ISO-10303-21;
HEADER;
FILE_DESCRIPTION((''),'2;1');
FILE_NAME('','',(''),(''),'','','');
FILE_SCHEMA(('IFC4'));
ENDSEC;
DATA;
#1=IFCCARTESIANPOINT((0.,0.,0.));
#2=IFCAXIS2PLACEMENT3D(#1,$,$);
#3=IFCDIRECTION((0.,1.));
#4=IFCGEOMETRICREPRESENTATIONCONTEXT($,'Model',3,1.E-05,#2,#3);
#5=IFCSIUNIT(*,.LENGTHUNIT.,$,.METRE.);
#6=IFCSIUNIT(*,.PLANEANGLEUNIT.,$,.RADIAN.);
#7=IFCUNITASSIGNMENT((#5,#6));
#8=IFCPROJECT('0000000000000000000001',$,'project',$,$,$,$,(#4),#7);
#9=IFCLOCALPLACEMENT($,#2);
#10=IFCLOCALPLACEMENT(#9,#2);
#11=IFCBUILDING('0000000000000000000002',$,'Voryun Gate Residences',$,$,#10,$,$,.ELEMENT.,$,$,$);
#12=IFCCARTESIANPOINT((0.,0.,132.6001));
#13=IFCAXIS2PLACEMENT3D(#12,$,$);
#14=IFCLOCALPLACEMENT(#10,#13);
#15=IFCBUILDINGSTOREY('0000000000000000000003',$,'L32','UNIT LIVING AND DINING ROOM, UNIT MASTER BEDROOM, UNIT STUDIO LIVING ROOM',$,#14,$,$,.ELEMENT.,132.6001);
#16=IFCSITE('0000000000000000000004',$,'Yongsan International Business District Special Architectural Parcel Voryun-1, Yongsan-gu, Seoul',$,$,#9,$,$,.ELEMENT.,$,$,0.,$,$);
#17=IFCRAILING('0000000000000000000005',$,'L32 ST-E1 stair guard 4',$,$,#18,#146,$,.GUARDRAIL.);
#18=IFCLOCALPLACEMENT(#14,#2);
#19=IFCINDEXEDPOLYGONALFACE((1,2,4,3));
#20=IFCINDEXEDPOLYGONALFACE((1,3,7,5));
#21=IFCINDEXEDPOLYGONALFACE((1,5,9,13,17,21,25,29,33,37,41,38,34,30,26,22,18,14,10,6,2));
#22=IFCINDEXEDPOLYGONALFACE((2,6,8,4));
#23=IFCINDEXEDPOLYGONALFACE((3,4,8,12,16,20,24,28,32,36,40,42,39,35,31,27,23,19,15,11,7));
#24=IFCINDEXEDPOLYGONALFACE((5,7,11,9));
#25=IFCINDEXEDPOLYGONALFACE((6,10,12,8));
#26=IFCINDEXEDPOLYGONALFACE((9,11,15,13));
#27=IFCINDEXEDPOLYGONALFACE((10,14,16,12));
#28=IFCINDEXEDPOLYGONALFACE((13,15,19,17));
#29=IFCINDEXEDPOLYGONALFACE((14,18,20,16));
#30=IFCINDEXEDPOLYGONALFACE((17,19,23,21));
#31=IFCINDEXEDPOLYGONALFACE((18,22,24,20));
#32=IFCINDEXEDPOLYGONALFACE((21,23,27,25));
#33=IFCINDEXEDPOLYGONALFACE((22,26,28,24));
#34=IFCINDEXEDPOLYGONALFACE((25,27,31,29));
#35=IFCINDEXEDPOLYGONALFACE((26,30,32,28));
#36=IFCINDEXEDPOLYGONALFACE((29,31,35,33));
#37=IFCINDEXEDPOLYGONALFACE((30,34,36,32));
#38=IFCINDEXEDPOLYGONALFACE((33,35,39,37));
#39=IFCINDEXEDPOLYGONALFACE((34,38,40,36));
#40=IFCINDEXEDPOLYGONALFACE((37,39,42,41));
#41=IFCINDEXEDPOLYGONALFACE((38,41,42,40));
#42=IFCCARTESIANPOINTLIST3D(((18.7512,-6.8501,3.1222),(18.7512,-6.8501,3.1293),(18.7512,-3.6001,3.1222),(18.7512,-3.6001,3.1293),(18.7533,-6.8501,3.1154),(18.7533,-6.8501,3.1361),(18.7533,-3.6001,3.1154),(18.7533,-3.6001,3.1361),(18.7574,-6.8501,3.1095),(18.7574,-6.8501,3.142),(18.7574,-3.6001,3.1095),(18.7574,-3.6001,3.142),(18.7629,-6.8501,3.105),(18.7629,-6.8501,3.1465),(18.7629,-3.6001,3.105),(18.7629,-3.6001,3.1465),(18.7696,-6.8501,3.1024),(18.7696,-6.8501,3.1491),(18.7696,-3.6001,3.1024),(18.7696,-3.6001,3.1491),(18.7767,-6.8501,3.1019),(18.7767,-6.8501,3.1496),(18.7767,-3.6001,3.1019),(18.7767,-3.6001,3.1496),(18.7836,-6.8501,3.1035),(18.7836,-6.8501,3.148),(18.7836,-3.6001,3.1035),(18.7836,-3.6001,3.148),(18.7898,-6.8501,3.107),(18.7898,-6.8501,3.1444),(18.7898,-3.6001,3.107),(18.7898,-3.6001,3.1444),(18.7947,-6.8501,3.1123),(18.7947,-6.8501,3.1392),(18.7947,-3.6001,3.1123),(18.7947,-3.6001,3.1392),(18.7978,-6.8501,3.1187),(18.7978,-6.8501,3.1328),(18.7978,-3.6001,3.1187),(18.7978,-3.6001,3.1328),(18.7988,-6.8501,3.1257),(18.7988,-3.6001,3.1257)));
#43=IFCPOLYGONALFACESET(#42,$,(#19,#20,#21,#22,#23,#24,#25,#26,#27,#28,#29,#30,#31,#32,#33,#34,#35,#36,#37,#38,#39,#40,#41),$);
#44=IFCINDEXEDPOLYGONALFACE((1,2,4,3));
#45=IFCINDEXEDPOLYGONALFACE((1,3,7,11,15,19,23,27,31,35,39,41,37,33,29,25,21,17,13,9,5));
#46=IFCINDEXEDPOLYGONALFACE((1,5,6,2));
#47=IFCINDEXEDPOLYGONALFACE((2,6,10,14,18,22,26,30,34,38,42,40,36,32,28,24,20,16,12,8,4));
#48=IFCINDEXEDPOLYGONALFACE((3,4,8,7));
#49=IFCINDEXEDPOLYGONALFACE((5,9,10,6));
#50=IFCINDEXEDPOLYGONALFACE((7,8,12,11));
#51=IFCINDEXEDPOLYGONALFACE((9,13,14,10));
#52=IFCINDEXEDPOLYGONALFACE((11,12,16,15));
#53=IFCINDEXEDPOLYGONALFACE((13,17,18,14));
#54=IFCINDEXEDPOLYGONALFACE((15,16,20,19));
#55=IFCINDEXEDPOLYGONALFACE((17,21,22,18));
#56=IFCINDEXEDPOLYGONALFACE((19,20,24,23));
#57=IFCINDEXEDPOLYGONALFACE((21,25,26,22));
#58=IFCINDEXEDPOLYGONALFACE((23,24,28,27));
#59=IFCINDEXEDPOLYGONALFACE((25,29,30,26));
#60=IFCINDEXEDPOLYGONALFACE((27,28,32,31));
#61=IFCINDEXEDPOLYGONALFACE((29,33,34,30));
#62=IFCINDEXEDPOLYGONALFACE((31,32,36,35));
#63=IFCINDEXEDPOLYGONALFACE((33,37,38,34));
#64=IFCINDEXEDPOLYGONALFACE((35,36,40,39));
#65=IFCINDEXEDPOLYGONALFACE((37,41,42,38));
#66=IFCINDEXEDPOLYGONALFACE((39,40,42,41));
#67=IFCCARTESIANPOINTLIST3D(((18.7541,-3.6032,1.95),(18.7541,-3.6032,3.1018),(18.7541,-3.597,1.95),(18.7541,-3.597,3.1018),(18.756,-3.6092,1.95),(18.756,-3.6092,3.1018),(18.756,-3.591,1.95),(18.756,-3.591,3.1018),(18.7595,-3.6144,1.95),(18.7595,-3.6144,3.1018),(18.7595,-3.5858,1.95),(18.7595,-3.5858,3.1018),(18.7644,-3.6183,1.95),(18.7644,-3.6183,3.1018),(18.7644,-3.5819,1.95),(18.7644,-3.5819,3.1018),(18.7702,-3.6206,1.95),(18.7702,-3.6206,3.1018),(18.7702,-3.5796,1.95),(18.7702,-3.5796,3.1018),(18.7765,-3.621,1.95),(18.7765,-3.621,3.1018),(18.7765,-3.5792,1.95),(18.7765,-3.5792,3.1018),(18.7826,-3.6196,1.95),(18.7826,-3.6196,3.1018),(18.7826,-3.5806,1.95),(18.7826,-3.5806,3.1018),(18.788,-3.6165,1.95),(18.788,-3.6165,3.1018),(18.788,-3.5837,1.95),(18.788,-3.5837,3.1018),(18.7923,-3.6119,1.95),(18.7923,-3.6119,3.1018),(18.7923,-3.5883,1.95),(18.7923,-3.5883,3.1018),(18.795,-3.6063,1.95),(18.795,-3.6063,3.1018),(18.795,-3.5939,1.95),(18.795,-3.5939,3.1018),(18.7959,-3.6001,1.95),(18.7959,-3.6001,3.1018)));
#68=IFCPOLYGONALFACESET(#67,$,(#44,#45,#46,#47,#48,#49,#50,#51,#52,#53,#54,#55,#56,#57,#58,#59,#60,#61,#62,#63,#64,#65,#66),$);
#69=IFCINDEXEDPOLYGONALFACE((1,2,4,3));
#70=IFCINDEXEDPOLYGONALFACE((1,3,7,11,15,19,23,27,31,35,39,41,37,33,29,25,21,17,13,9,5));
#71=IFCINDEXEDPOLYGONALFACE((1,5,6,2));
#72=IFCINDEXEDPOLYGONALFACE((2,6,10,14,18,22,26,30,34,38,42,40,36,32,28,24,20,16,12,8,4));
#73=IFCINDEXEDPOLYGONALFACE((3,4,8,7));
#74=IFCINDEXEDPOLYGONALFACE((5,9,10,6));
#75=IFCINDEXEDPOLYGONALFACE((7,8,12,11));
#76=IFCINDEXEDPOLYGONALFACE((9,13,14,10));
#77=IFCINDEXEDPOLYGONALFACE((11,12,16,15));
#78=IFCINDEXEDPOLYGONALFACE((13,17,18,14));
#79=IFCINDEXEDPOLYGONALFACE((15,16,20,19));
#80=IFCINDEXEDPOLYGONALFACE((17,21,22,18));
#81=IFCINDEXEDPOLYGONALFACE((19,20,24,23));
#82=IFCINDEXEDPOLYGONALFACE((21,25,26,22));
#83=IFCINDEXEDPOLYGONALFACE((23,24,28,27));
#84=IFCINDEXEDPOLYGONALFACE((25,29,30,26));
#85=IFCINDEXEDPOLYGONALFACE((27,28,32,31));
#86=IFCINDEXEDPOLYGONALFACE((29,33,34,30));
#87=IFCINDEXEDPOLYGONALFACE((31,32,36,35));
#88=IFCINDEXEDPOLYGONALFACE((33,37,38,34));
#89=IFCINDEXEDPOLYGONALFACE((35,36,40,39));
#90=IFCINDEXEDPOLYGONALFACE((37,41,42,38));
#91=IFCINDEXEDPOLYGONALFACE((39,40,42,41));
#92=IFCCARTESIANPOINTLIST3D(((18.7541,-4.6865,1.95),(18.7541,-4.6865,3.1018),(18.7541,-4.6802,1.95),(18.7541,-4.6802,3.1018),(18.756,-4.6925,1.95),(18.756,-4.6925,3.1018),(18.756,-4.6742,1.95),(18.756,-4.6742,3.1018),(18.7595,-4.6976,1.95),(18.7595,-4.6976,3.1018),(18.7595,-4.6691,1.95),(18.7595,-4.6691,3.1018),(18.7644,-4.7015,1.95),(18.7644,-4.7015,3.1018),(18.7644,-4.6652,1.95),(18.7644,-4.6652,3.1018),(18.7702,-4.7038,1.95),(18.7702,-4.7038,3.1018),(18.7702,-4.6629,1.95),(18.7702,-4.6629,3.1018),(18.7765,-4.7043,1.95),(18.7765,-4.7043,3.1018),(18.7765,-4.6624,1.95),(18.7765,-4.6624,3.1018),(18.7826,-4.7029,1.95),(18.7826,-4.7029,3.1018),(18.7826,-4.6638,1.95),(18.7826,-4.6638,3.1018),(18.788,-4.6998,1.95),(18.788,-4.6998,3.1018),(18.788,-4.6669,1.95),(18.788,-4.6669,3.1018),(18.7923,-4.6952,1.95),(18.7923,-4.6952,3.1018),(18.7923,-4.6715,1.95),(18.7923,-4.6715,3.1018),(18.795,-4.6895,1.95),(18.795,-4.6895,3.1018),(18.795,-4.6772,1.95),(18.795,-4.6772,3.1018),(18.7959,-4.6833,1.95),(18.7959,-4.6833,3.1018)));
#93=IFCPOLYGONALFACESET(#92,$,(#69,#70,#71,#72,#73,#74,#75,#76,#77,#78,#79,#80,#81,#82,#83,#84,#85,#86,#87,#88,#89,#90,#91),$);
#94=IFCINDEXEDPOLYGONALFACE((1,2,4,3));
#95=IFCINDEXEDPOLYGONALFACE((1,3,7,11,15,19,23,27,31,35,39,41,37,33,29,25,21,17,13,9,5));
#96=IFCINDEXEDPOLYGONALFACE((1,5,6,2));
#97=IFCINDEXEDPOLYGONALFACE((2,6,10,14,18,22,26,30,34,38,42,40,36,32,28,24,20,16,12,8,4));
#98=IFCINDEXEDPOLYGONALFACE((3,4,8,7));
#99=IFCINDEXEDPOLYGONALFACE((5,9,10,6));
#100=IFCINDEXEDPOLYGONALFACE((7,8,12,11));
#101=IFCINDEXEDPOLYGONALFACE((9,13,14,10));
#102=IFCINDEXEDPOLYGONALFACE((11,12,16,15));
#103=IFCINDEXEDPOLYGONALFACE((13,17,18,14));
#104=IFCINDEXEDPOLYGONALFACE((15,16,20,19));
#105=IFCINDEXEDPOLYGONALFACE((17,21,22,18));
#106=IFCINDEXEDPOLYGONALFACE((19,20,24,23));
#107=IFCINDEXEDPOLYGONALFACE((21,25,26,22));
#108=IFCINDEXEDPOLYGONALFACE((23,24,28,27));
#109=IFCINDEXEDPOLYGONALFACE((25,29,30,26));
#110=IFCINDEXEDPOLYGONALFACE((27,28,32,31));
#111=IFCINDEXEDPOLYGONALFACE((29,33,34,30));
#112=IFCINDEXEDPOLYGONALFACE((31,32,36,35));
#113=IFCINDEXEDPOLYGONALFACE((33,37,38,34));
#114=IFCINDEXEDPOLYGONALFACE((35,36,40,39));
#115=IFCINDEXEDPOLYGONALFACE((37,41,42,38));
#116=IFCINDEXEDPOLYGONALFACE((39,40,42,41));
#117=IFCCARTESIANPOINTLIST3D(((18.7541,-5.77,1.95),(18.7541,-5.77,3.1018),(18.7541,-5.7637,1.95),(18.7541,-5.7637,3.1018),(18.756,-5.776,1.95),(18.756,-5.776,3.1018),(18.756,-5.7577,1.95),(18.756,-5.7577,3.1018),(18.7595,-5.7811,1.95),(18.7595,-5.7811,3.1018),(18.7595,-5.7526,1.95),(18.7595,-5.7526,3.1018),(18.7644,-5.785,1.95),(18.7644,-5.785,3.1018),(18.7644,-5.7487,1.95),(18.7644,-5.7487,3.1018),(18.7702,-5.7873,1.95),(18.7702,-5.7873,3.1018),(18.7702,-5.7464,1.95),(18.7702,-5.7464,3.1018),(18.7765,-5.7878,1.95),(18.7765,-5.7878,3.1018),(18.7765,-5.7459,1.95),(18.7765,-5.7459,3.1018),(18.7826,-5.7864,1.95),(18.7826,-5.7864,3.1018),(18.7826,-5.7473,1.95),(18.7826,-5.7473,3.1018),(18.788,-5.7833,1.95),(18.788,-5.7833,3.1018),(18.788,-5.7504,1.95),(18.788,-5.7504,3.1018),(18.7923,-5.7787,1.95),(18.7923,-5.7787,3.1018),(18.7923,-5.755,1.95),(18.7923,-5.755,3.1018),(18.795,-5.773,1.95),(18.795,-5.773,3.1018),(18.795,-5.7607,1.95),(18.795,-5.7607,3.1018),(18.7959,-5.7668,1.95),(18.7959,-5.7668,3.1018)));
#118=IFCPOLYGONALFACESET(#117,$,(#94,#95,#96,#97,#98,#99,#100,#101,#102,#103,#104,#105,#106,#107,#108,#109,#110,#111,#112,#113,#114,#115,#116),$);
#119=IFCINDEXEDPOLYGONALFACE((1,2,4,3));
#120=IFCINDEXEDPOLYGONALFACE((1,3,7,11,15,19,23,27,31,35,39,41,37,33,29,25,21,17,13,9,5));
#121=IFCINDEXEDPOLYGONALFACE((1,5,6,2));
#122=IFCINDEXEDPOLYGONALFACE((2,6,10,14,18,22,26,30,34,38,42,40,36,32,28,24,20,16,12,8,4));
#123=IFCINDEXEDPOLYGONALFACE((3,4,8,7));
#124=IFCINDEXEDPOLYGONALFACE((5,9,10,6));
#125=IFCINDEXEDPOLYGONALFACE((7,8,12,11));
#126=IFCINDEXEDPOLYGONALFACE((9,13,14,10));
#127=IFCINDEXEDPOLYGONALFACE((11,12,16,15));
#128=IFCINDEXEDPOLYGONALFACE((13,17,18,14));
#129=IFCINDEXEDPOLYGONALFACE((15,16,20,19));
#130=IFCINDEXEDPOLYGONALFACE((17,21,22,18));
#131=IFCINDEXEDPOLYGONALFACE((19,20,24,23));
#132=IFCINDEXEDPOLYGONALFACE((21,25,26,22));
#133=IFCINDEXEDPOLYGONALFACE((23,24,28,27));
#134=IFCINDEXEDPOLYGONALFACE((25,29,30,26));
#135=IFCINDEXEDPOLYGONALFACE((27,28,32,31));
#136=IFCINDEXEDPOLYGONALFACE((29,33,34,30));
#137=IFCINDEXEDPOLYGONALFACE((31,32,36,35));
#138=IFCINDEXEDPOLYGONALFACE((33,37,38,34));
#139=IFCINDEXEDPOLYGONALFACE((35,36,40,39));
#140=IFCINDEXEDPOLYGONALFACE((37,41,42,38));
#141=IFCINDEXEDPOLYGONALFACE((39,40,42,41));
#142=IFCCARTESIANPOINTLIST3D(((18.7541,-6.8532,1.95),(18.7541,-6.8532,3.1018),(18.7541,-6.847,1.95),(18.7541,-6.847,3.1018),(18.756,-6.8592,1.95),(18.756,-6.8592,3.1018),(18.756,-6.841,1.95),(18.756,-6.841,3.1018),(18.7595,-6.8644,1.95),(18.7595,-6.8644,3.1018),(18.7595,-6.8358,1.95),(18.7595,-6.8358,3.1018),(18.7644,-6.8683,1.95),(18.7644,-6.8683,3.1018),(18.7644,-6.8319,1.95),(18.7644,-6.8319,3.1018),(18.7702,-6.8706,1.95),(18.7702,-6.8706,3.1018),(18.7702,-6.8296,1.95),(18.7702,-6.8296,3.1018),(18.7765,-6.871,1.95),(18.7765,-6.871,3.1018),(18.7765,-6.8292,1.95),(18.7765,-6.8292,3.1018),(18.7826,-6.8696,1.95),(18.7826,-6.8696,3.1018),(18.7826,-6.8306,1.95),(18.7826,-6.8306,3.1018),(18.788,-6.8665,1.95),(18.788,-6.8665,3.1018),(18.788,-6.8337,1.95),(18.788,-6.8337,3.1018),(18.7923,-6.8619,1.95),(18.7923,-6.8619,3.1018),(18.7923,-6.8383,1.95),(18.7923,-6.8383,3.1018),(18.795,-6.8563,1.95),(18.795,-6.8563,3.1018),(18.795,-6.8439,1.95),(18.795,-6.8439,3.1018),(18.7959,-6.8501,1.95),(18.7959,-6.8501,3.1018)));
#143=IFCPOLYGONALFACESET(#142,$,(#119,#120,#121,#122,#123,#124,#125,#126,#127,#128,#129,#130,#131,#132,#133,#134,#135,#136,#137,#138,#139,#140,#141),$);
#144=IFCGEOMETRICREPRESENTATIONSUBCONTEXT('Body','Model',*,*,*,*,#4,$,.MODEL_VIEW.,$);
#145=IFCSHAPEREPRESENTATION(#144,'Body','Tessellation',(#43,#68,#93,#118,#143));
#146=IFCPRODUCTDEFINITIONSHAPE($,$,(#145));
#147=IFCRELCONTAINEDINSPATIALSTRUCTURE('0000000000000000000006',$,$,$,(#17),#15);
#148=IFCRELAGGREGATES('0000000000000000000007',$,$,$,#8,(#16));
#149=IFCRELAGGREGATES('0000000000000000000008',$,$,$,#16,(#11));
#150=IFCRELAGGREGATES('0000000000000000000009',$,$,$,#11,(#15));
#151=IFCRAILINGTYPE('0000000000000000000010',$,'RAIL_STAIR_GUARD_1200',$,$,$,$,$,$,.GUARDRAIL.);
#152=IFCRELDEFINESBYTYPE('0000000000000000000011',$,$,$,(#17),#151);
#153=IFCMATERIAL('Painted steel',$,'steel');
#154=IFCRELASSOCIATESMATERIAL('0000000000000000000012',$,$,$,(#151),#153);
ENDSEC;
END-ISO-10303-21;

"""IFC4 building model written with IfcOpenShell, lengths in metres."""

from ifc_helpers import new_model, si_unit, direction, frame, origin, origin_2d, place, context, subcontext, project, spatial, circle, extrude, material, type_object, element, save


model = new_model("IFC4")

# Units and contexts
model_context = context("Model", 3, precision=1e-05, world=origin(), true_north=direction((0.0, 1.0)))
body_context = subcontext(model_context, "Body", "Model", "MODEL_VIEW")
ifc_project = project(units=[si_unit("LENGTHUNIT", "METRE"), si_unit("PLANEANGLEUNIT", "RADIAN")], contexts=[model_context])

# Site, building, storey
site_placement = place(None, origin())
site = spatial("IfcSite", under=ifc_project, at=site_placement, Name="Yongsan International Business District Special Architectural Parcel Voryun-1, Yongsan-gu, Seoul", CompositionType="ELEMENT", RefElevation=0.0)
building_placement = place(site_placement, origin())
building = spatial("IfcBuilding", under=site, at=building_placement, Name="Voryun Gate Residences", CompositionType="ELEMENT")
storey_placement = place(building_placement, frame((0.0, 0.0, 132.6001)))
storey = spatial("IfcBuildingStorey", under=building, at=storey_placement, Name="L32", Description="UNIT LIVING AND DINING ROOM, UNIT MASTER BEDROOM, UNIT STUDIO LIVING ROOM", CompositionType="ELEMENT", Elevation=132.6001)

# Railing
ifc_material_1 = material(Name="Painted steel", Category="steel")
railing_type_1 = type_object("IfcRailingType", Name="RAIL_STAIR_GUARD_1200", PredefinedType="GUARDRAIL", material=ifc_material_1)
railing_1_placement = place(storey_placement, frame((18.7749, -3.6001, 1.95)))
element("IfcRailing", 1, at=railing_1_placement, inside=storey, type_object=railing_type_1, Name="L32 ST-E1 stair guard 4", PredefinedType="GUARDRAIL", context=body_context, shape_type="SweptSolid", body=[
    extrude(circle(Radius=0.0239, at=origin_2d()), frame((0.0, 0.0, 1.1758), z_axis=(0.0, -1.0, 0.0), x_axis=(1.0, 0.0, 0.0)), (0.0, 0.0, 1.0), 3.25),
    extrude(circle(Radius=0.021, at=origin_2d()), origin(), (0.0, 0.0, 1.0), 1.1519),
    extrude(circle(Radius=0.021, at=origin_2d()), frame((0.0, -1.0833, 0.0)), (0.0, 0.0, 1.0), 1.1519),
    extrude(circle(Radius=0.021, at=origin_2d()), frame((0.0, -2.1667, 0.0)), (0.0, 0.0, 1.0), 1.1519),
    extrude(circle(Radius=0.021, at=origin_2d()), frame((0.0, -3.25, 0.0)), (0.0, 0.0, 1.0), 1.1519),
])

save(model, "model.ifc")
